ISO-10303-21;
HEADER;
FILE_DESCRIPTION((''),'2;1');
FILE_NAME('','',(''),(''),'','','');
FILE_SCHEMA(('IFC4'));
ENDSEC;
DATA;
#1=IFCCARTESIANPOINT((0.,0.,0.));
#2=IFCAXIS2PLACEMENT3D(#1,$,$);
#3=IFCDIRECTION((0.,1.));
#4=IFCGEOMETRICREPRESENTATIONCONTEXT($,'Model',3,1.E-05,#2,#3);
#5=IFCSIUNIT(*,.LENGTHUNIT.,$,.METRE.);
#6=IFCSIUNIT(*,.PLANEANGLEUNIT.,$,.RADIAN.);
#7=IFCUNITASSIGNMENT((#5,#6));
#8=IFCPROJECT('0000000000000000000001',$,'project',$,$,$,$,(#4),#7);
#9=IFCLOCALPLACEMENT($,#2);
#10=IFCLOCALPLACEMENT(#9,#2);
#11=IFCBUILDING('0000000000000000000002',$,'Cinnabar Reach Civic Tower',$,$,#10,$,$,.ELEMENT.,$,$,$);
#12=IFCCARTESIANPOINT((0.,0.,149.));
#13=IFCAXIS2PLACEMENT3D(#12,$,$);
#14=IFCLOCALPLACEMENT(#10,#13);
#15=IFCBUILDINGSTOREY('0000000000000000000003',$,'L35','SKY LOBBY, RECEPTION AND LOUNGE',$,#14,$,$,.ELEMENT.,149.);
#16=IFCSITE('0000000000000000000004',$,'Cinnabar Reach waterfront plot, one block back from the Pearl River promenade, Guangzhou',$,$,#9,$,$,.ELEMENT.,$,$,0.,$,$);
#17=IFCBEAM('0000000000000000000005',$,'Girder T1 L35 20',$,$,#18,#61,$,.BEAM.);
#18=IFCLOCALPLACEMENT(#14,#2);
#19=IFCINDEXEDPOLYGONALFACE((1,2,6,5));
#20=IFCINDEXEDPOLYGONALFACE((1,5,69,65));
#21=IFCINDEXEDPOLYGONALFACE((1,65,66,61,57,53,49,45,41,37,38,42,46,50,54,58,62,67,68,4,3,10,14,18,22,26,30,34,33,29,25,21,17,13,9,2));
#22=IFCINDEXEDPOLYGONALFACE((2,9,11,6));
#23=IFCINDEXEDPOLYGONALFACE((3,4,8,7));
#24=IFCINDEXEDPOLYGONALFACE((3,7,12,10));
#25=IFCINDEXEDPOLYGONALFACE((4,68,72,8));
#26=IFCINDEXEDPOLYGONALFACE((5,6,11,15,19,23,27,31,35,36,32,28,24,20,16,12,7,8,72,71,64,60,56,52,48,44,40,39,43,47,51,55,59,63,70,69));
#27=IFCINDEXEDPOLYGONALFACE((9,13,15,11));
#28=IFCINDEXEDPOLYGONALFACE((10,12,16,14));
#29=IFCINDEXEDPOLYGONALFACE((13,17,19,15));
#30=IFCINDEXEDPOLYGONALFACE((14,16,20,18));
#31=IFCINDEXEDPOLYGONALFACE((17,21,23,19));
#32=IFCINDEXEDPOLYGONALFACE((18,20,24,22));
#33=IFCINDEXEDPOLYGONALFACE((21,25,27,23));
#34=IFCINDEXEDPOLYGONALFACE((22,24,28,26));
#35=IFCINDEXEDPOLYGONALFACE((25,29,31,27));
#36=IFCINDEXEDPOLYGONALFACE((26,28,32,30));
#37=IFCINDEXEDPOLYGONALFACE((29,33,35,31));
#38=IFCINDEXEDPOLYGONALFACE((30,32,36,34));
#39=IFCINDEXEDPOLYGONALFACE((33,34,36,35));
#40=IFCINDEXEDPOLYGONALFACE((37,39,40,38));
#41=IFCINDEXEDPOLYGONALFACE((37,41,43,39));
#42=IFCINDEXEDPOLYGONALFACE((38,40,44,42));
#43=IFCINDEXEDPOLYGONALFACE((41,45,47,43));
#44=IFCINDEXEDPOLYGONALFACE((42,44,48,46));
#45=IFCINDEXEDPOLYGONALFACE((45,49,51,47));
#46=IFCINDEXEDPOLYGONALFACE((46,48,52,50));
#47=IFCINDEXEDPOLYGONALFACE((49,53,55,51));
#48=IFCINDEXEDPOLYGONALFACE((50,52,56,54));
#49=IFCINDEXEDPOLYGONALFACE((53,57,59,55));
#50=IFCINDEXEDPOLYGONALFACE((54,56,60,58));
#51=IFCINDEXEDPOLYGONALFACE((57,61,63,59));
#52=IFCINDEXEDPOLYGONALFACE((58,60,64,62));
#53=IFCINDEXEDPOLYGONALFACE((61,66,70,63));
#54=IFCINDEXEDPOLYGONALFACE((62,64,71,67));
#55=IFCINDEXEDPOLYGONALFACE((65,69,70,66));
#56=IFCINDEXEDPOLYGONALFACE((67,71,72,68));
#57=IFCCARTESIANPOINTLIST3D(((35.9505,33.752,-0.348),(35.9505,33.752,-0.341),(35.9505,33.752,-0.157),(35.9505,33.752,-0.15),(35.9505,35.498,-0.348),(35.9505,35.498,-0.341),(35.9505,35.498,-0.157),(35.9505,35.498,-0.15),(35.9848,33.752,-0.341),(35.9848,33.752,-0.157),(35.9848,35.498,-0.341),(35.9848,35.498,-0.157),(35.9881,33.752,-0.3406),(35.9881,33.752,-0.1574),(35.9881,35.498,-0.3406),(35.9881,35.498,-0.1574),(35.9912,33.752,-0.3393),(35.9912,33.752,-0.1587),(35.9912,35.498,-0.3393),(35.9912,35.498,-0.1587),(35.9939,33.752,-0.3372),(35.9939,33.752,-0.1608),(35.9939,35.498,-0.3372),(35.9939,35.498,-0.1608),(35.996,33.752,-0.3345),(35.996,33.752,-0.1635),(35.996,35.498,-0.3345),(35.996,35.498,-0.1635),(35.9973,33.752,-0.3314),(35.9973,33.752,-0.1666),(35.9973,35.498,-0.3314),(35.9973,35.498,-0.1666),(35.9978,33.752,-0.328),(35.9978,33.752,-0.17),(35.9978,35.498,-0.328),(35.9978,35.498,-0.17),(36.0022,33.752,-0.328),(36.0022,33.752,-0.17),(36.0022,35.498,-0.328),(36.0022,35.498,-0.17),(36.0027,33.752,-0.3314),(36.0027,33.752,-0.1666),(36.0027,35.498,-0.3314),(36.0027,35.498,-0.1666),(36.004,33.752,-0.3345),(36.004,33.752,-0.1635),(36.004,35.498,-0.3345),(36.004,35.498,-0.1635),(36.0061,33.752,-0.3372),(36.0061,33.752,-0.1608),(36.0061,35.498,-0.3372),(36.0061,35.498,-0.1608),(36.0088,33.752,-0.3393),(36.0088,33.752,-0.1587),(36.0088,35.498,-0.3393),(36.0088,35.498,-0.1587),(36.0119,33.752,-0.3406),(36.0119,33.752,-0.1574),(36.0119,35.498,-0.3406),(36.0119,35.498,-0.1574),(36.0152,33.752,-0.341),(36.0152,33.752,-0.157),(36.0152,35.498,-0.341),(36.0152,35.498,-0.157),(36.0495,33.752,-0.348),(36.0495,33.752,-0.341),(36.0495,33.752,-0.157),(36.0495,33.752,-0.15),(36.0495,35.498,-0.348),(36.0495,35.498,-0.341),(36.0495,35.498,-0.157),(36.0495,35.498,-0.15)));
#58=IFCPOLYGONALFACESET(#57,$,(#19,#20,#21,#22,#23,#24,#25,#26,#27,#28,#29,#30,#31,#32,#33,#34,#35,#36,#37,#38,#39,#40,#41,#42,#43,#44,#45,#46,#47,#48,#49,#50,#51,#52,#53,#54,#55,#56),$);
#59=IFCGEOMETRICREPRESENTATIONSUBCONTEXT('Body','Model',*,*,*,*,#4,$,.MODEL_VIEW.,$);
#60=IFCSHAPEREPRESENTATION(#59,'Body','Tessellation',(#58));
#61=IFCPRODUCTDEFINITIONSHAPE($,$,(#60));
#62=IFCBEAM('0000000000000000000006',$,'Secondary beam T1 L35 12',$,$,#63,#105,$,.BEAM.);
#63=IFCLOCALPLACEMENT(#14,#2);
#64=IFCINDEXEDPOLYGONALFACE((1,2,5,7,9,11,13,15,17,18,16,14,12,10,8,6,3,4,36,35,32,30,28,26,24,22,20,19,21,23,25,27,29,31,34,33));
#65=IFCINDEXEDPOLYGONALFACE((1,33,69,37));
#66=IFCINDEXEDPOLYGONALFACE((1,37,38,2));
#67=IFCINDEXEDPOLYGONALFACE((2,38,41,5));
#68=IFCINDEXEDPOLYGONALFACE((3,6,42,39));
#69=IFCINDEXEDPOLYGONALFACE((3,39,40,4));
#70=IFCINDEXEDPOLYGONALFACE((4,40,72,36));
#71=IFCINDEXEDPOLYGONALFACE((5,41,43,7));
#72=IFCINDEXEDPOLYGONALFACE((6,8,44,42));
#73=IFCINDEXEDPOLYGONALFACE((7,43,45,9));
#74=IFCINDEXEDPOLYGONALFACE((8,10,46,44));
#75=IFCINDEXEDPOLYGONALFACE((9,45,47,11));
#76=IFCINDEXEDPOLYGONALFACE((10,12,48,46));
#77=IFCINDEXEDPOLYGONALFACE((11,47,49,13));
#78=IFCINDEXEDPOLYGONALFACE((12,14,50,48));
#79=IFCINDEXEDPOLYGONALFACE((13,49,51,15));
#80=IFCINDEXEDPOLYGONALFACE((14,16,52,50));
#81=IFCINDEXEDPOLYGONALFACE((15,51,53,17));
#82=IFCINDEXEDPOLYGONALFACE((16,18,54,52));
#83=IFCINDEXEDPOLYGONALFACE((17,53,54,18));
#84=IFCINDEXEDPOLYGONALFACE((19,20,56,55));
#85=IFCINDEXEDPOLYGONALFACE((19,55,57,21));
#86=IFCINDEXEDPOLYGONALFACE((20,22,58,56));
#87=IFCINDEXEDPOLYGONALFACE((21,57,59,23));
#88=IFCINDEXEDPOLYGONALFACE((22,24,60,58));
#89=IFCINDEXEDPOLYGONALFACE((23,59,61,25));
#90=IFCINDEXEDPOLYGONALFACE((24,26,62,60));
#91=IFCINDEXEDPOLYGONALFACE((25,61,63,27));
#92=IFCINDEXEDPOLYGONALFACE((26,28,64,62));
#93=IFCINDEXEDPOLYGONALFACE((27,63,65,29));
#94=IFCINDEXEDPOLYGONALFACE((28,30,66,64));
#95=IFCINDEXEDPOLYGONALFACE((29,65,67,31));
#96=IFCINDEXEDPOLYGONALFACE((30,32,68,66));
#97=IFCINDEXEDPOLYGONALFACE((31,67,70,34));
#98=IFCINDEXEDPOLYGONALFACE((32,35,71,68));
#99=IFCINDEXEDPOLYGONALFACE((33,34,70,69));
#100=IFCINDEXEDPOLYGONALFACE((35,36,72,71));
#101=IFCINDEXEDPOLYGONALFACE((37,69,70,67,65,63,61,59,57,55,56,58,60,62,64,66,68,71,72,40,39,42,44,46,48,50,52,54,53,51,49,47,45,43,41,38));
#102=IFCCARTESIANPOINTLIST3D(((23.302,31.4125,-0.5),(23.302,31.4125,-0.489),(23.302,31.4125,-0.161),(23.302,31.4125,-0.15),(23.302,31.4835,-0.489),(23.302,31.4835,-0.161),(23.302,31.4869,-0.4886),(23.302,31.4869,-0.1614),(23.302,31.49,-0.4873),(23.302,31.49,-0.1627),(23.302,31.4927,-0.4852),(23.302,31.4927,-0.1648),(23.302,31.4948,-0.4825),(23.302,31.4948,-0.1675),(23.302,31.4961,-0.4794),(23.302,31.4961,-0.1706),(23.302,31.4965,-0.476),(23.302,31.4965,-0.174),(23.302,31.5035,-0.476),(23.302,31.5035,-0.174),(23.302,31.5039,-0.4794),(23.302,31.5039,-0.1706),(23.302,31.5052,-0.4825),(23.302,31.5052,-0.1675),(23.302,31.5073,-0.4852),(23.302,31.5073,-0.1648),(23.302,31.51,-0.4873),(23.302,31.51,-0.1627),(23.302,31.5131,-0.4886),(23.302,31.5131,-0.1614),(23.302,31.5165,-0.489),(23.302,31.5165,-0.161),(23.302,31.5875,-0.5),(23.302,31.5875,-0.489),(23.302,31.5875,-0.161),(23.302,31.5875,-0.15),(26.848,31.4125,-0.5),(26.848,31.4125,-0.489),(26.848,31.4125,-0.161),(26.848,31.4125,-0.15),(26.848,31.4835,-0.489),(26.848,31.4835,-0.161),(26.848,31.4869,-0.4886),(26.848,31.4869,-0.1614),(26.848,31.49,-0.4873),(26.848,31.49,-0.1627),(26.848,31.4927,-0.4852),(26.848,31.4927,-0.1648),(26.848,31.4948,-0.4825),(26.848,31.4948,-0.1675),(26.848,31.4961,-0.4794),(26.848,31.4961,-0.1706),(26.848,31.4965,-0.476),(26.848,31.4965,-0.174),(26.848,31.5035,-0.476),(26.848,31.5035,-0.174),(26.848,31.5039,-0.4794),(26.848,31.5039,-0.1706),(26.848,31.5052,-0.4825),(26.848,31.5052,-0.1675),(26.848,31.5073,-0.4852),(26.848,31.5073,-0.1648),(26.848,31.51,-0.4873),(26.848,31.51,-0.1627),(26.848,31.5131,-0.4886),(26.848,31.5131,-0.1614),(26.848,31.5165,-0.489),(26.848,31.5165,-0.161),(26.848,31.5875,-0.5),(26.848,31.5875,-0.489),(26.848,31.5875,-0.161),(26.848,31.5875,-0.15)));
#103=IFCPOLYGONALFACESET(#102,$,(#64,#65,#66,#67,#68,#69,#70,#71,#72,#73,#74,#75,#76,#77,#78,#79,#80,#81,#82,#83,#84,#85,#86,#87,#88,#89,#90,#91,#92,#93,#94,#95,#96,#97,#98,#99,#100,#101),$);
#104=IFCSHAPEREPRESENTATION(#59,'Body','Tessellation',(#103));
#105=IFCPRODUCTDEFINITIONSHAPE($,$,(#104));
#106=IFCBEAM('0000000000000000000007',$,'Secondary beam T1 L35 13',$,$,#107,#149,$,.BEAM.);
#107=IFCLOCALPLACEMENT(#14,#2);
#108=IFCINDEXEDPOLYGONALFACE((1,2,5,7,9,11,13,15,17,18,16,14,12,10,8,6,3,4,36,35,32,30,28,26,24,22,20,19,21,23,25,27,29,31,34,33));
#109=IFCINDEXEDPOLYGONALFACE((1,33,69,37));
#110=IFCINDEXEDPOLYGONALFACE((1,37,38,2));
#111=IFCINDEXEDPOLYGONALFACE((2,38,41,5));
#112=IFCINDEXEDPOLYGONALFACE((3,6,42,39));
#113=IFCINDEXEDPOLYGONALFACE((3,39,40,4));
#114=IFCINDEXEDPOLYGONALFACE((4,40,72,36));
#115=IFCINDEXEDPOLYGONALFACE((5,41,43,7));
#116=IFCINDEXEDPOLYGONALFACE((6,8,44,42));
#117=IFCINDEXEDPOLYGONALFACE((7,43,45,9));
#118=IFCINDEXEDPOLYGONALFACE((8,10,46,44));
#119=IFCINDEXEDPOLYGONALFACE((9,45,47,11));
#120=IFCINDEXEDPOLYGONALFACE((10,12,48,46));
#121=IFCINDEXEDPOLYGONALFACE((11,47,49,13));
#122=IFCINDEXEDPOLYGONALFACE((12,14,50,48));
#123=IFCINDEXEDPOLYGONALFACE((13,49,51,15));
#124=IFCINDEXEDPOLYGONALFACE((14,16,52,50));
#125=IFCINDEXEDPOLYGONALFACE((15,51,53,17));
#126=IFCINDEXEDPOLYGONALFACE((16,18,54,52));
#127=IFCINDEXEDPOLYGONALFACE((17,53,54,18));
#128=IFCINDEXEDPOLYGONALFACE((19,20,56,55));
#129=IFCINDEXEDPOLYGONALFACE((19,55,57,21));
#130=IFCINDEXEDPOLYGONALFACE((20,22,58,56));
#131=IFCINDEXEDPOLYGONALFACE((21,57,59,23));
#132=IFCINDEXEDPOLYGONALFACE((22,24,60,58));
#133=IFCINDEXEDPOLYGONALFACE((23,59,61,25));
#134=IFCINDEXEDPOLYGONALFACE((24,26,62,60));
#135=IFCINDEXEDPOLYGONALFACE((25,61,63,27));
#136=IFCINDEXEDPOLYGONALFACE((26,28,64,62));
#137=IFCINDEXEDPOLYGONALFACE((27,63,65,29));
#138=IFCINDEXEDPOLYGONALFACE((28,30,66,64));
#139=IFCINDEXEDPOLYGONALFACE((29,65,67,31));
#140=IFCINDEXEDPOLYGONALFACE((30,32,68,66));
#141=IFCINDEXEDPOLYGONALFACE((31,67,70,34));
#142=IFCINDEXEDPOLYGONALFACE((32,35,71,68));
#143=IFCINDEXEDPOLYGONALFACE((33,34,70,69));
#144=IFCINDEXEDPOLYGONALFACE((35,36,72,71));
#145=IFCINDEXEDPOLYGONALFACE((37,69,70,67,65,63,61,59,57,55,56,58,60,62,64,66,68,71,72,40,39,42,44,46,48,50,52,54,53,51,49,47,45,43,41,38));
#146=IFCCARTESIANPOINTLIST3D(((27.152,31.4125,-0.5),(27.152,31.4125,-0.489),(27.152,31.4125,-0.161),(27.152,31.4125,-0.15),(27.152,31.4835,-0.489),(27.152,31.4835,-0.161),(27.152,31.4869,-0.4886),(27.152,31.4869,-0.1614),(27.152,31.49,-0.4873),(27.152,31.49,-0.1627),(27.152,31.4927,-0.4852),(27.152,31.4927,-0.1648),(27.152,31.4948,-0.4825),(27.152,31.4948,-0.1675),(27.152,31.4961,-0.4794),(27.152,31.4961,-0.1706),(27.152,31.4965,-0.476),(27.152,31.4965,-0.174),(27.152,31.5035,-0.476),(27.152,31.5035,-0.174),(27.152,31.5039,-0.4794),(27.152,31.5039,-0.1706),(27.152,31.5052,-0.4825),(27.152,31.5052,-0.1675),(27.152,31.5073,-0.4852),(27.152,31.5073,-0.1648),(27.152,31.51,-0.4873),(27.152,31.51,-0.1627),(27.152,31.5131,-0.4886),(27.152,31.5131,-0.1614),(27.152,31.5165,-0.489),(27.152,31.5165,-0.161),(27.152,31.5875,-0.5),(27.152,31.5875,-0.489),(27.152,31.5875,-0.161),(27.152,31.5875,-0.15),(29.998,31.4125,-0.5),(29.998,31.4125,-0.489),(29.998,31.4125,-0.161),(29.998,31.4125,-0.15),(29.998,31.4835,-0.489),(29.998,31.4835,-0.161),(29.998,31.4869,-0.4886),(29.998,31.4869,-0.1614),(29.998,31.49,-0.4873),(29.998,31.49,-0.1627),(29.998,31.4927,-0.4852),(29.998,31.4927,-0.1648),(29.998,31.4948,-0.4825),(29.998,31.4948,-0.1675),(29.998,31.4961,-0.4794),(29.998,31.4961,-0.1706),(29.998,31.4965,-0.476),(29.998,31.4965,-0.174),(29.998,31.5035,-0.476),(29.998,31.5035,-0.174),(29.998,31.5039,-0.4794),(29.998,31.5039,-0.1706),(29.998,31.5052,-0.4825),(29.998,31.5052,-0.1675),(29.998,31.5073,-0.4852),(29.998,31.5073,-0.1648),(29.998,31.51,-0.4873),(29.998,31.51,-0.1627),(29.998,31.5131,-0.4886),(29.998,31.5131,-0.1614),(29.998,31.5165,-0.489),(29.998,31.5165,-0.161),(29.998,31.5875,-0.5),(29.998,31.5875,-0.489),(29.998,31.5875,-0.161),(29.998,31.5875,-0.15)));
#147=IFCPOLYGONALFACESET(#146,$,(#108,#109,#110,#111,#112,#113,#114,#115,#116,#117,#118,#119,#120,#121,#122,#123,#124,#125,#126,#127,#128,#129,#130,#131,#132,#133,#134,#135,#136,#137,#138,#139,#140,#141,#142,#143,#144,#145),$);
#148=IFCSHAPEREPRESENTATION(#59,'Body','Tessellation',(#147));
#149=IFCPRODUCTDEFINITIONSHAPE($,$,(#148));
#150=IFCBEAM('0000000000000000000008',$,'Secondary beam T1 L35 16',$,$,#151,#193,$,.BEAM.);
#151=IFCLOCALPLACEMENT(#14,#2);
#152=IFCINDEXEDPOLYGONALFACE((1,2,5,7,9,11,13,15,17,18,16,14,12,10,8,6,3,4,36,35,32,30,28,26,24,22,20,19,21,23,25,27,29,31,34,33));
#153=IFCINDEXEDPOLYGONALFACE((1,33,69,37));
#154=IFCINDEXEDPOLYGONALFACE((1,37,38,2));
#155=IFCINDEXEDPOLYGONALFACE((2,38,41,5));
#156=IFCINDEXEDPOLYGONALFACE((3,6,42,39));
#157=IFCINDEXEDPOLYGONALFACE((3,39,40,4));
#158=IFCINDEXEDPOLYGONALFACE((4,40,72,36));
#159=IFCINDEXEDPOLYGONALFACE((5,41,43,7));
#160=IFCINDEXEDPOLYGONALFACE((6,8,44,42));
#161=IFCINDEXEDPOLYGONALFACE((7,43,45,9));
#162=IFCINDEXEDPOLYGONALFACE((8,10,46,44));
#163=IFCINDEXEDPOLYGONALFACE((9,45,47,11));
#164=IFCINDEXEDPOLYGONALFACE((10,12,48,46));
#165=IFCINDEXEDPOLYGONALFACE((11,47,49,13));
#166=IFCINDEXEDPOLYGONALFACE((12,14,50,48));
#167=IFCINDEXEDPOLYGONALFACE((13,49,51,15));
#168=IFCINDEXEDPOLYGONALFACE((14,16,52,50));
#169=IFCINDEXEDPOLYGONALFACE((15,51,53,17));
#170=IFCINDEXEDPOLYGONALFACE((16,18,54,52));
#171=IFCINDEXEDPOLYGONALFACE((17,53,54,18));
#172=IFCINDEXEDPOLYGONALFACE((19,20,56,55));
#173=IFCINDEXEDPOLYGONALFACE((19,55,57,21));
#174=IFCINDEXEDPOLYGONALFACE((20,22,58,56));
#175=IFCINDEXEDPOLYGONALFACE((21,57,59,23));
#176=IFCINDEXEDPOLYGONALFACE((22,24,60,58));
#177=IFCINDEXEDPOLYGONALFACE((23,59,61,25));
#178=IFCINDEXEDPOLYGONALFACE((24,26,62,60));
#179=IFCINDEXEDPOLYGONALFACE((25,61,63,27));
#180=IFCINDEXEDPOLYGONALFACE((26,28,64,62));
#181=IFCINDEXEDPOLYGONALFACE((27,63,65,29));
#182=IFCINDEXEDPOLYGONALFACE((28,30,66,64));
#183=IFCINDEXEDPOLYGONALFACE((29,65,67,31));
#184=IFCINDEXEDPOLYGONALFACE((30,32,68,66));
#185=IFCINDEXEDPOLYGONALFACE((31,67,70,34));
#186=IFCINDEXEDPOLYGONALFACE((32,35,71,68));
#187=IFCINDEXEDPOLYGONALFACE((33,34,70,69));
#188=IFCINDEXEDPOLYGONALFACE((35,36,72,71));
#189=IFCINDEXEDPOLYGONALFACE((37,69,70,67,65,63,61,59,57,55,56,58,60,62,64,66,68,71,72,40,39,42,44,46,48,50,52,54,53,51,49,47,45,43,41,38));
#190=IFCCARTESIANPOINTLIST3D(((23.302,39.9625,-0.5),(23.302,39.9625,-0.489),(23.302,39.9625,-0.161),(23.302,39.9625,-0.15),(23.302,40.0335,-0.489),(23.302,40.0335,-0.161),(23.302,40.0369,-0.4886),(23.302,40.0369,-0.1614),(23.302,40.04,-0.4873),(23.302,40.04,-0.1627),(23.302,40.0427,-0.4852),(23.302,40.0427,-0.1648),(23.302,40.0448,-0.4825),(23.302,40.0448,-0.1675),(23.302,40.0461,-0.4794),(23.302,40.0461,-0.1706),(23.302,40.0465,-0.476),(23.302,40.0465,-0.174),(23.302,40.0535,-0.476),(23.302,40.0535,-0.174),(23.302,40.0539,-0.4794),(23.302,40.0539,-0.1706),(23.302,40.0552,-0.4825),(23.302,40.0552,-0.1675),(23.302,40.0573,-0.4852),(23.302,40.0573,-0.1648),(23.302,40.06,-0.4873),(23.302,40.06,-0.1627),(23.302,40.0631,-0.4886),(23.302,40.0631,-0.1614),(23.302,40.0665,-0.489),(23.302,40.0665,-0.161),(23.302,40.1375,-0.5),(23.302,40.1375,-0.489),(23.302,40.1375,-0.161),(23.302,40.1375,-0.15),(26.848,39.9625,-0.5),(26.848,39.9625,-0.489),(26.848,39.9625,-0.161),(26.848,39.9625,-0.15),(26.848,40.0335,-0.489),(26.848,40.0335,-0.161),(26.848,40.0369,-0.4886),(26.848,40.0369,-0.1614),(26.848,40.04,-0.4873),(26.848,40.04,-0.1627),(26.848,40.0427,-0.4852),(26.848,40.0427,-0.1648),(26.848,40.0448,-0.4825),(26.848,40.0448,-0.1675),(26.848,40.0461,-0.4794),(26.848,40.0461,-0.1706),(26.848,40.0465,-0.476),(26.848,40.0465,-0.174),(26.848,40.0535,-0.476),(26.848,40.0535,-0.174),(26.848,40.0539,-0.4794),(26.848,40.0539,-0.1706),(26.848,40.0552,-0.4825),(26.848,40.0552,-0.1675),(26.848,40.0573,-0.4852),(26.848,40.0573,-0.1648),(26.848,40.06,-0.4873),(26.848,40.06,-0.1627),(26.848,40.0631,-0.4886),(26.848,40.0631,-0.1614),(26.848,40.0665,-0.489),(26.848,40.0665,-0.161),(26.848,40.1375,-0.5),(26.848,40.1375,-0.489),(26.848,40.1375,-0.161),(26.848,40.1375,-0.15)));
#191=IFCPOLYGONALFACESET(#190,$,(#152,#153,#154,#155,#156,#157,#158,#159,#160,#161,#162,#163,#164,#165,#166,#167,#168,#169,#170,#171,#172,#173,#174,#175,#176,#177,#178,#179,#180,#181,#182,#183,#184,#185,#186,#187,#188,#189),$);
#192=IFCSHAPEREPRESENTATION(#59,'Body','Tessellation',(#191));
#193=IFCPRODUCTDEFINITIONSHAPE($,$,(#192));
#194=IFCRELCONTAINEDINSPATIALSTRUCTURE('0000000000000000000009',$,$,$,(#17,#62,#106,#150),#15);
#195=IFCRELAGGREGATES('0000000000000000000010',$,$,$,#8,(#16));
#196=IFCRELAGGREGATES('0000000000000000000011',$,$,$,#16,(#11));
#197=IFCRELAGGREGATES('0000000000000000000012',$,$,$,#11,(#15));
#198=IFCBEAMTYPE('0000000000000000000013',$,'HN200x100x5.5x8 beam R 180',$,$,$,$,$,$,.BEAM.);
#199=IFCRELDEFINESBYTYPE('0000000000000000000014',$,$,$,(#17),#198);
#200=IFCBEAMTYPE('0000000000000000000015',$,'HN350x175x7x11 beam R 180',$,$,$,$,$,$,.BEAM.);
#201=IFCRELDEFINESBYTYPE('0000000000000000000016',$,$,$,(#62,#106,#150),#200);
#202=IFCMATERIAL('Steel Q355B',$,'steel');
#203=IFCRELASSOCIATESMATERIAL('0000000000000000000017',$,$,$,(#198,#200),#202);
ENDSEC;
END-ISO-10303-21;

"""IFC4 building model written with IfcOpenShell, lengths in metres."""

from ifc_helpers import new_model, si_unit, direction, frame, origin, origin_2d, place, context, subcontext, project, spatial, i_section, extrude, material, material_profile, profile_set, type_object, element, save


model = new_model("IFC4")

# Units and contexts
model_context = context("Model", 3, precision=1e-05, world=origin(), true_north=direction((0.0, 1.0)))
body_context = subcontext(model_context, "Body", "Model", "MODEL_VIEW")
ifc_project = project(units=[si_unit("LENGTHUNIT", "METRE"), si_unit("PLANEANGLEUNIT", "RADIAN")], contexts=[model_context])

# Site, building, storey
site_placement = place(None, origin())
site = spatial("IfcSite", under=ifc_project, at=site_placement, Name="Cinnabar Reach waterfront plot, one block back from the Pearl River promenade, Guangzhou", CompositionType="ELEMENT", RefElevation=0.0)
building_placement = place(site_placement, origin())
building = spatial("IfcBuilding", under=site, at=building_placement, Name="Cinnabar Reach Civic Tower", CompositionType="ELEMENT")
storey_placement = place(building_placement, frame((0.0, 0.0, 149.0)))
storey = spatial("IfcBuildingStorey", under=building, at=storey_placement, Name="L35", Description="SKY LOBBY, RECEPTION AND LOUNGE", CompositionType="ELEMENT", Elevation=149.0)

# Beams
ifc_material_1 = material(Name="Steel Q355B", Category="steel")
ifc_material_profile_1 = material_profile(ifc_material_1, i_section(OverallWidth=0.099, OverallDepth=0.198, WebThickness=0.0045, FlangeThickness=0.007, FilletRadius=0.013, at=origin_2d()), Name="HN200x100x5.5x8")
ifc_profile_set_1 = profile_set([ifc_material_profile_1], Name="Steel Q355B")
beam_type_1 = type_object("IfcBeamType", Name="HN200x100x5.5x8 beam R 180", PredefinedType="BEAM", material=ifc_profile_set_1)
beam_1_placement = place(storey_placement, frame((36.0, 33.752, -0.249), z_axis=(0.0, 1.0, 0.0), x_axis=(-1.0, 0.0, 0.0)))
element("IfcBeam", 1, at=beam_1_placement, inside=storey, type_object=beam_type_1, Name="Girder T1 L35 20", PredefinedType="BEAM", context=body_context, shape_type="SweptSolid", body=[
    extrude(i_section(OverallWidth=0.099, OverallDepth=0.198, WebThickness=0.0045, FlangeThickness=0.007, FilletRadius=0.013, at=origin_2d()), origin(), (0.0, 0.0, 1.0), 1.746),
])
ifc_material_profile_2 = material_profile(ifc_material_1, i_section(OverallWidth=0.175, OverallDepth=0.35, WebThickness=0.007, FlangeThickness=0.011, FilletRadius=0.013, at=origin_2d()), Name="HN350x175x7x11")
ifc_profile_set_2 = profile_set([ifc_material_profile_2], Name="Steel Q355B")
beam_type_2 = type_object("IfcBeamType", Name="HN350x175x7x11 beam R 180", PredefinedType="BEAM", material=ifc_profile_set_2)
beam_2_placement = place(storey_placement, frame((23.302, 31.5, -0.325), z_axis=(1.0, 0.0, 0.0), x_axis=(0.0, 1.0, 0.0)))
element("IfcBeam", 2, at=beam_2_placement, inside=storey, type_object=beam_type_2, Name="Secondary beam T1 L35 12", PredefinedType="BEAM", context=body_context, shape_type="SweptSolid", body=[
    extrude(i_section(OverallWidth=0.175, OverallDepth=0.35, WebThickness=0.007, FlangeThickness=0.011, FilletRadius=0.013, at=origin_2d()), origin(), (0.0, 0.0, 1.0), 3.546),
])
beam_3_placement = place(storey_placement, frame((27.152, 31.5, -0.325), z_axis=(1.0, 0.0, 0.0), x_axis=(0.0, 1.0, 0.0)))
element("IfcBeam", 3, at=beam_3_placement, inside=storey, type_object=beam_type_2, Name="Secondary beam T1 L35 13", PredefinedType="BEAM", context=body_context, shape_type="SweptSolid", body=[
    extrude(i_section(OverallWidth=0.175, OverallDepth=0.35, WebThickness=0.007, FlangeThickness=0.011, FilletRadius=0.013, at=origin_2d()), origin(), (0.0, 0.0, 1.0), 2.846),
])
beam_4_placement = place(storey_placement, frame((23.302, 40.05, -0.325), z_axis=(1.0, 0.0, 0.0), x_axis=(0.0, 1.0, 0.0)))
element("IfcBeam", 4, at=beam_4_placement, inside=storey, type_object=beam_type_2, Name="Secondary beam T1 L35 16", PredefinedType="BEAM", context=body_context, shape_type="SweptSolid", body=[
    extrude(i_section(OverallWidth=0.175, OverallDepth=0.35, WebThickness=0.007, FlangeThickness=0.011, FilletRadius=0.013, at=origin_2d()), origin(), (0.0, 0.0, 1.0), 3.546),
])

save(model, "model.ifc")
